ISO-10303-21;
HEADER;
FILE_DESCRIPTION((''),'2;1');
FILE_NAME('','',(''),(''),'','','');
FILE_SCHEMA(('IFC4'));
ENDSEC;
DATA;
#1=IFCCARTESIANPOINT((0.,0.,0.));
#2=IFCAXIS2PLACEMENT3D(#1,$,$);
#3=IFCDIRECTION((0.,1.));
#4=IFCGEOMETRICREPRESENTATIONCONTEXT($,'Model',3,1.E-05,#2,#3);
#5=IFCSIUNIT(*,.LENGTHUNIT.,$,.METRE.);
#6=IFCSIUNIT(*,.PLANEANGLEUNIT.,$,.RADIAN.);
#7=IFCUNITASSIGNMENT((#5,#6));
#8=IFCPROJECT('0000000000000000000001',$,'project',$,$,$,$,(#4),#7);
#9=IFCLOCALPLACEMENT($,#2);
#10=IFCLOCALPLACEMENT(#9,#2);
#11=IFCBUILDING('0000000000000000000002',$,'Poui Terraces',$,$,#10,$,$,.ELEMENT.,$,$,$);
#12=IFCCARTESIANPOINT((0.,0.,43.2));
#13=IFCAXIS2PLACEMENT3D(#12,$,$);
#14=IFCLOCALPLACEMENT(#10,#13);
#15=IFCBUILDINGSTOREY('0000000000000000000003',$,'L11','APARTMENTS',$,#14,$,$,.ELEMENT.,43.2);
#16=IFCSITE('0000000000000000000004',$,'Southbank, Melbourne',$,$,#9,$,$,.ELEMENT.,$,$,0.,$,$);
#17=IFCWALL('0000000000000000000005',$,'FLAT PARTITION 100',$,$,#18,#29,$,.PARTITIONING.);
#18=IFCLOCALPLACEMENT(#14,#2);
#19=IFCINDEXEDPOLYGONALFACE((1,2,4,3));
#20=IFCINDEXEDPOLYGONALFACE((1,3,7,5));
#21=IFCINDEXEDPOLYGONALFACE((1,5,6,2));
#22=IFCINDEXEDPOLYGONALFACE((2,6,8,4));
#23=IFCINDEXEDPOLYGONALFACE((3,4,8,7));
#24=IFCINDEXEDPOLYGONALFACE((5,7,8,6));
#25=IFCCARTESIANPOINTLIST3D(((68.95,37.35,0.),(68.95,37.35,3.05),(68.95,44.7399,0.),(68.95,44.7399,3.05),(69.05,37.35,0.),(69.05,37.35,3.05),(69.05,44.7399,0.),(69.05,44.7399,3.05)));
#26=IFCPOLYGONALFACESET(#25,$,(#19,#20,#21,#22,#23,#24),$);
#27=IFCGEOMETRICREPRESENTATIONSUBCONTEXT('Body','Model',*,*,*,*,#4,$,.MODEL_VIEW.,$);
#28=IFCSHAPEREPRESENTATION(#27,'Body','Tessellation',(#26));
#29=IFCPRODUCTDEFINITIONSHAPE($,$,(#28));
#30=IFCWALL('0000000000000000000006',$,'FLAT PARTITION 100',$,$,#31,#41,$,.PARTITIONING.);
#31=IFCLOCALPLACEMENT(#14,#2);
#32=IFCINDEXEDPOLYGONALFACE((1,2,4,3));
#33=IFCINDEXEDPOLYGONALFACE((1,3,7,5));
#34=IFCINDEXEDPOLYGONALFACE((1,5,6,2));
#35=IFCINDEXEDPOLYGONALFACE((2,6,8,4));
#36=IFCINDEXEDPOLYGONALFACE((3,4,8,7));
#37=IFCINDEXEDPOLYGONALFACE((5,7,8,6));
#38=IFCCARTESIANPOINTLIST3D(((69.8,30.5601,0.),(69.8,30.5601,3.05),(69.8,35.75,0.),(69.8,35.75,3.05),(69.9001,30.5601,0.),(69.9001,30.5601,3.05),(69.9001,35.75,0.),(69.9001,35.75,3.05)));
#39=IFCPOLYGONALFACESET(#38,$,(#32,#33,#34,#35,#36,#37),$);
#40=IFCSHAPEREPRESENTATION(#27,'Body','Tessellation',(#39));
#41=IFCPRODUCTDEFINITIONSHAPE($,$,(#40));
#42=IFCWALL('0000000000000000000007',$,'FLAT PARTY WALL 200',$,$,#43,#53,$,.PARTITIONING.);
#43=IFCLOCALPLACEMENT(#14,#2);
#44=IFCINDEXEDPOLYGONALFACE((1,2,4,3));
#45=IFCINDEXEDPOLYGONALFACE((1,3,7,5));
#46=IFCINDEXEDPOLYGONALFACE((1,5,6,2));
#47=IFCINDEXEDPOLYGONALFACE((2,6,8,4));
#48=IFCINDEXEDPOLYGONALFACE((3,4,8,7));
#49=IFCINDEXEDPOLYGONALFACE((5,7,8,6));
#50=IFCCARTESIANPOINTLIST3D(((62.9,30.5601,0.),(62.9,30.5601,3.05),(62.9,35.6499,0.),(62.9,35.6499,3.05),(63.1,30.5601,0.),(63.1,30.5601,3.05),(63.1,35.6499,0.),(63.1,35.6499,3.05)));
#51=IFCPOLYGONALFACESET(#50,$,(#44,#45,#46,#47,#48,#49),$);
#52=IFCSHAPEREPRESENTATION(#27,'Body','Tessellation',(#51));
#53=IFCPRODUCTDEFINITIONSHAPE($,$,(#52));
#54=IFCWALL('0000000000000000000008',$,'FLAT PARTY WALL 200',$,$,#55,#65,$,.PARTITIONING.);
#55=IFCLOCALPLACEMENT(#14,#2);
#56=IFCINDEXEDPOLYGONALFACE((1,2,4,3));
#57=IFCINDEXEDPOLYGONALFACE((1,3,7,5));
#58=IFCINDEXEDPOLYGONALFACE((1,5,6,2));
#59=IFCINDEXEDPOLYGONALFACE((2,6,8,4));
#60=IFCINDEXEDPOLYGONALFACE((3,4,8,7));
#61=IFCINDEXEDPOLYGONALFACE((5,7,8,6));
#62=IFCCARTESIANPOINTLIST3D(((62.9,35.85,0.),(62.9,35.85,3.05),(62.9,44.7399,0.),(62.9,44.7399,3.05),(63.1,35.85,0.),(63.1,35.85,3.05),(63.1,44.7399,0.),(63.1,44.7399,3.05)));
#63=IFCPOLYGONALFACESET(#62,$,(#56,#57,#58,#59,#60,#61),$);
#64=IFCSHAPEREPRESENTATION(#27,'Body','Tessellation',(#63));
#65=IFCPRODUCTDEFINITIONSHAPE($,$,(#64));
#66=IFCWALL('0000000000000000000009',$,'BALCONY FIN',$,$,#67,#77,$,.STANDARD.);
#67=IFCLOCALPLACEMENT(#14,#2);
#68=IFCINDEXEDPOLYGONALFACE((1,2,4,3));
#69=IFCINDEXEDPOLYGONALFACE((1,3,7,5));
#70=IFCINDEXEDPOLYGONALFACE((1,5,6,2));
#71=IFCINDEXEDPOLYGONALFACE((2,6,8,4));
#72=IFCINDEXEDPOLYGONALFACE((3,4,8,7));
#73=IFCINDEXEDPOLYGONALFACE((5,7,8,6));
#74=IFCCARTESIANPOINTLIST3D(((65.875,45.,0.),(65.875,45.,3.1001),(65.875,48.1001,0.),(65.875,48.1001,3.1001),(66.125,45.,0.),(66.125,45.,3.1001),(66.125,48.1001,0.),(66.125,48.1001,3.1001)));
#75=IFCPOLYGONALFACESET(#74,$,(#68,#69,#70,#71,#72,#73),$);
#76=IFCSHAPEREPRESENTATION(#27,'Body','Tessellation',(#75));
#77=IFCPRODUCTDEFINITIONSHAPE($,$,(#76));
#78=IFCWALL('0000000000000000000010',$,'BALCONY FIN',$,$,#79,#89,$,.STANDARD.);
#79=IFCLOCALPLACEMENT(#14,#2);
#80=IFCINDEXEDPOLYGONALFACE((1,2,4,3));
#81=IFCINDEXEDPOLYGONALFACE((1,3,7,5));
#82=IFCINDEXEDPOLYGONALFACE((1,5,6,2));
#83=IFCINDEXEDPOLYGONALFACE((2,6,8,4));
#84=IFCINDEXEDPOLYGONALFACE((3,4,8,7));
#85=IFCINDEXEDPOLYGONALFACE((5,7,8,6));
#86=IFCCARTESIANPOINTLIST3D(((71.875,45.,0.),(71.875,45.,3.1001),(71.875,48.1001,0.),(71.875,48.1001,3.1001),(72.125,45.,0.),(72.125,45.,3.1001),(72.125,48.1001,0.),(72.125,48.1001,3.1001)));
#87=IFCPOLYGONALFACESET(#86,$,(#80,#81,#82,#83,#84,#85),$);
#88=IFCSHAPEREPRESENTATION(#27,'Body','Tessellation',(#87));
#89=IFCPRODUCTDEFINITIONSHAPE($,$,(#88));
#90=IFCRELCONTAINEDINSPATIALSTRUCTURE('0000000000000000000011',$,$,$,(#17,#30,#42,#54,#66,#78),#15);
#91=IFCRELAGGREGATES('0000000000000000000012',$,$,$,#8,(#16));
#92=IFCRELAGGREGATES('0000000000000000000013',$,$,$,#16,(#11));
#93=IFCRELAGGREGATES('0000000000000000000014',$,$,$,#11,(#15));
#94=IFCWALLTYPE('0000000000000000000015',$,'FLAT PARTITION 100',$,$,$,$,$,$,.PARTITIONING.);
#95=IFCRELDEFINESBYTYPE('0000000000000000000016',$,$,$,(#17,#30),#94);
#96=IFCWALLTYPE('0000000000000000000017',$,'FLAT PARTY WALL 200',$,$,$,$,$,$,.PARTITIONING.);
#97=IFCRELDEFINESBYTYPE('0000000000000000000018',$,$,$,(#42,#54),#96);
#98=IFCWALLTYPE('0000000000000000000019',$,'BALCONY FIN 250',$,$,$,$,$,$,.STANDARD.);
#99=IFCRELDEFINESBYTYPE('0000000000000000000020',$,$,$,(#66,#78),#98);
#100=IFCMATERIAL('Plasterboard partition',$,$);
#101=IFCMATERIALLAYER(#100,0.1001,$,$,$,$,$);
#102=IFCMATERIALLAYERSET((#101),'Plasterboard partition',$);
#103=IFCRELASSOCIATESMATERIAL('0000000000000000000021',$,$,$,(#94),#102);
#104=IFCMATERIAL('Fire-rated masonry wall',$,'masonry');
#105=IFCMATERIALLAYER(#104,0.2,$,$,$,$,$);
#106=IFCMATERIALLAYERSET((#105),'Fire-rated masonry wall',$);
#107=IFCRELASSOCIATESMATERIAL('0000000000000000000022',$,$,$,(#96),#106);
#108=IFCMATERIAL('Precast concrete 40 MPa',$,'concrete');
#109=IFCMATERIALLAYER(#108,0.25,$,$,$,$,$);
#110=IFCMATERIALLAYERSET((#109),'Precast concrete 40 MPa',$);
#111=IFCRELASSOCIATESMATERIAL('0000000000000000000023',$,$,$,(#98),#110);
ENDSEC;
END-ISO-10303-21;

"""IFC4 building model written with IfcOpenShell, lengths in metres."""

from ifc_helpers import new_model, si_unit, direction, frame, frame_2d, origin, place, context, subcontext, project, spatial, polyline, rectangle, outline, extrude, source, transform, mapped, material, layer, layer_set, type_object, element, save


model = new_model("IFC4")

# Units and contexts
model_context = context("Model", 3, precision=1e-05, world=origin(), true_north=direction((0.0, 1.0)))
body_context = subcontext(model_context, "Body", "Model", "MODEL_VIEW")
ifc_project = project(units=[si_unit("LENGTHUNIT", "METRE"), si_unit("PLANEANGLEUNIT", "RADIAN")], contexts=[model_context])

# Site, building, storey
site_placement = place(None, origin())
site = spatial("IfcSite", under=ifc_project, at=site_placement, Name="Southbank, Melbourne", CompositionType="ELEMENT", RefElevation=0.0)
building_placement = place(site_placement, origin())
building = spatial("IfcBuilding", under=site, at=building_placement, Name="Poui Terraces", CompositionType="ELEMENT")
storey_placement = place(building_placement, frame((0.0, 0.0, 43.2)))
storey = spatial("IfcBuildingStorey", under=building, at=storey_placement, Name="L11", Description="APARTMENTS", CompositionType="ELEMENT", Elevation=43.2)

# Shared definitions
ifc_material_1 = material(Name="Plasterboard partition")
ifc_layer_1 = layer(ifc_material_1, 0.1001)
ifc_layer_set_1 = layer_set([ifc_layer_1], Name="Plasterboard partition")
wall_type_1 = type_object("IfcWallType", Name="FLAT PARTITION 100", PredefinedType="PARTITIONING", material=ifc_layer_set_1)

# Walls
wall_1_placement = place(storey_placement, frame((69.0, 37.3501, 0.0), z_axis=(0.0, 0.0, 1.0), x_axis=(0.0, 1.0, 0.0)))
element("IfcWall", 1, at=wall_1_placement, inside=storey, type_object=wall_type_1, Name="FLAT PARTITION 100", PredefinedType="PARTITIONING", context=body_context, shape_type="SweptSolid", body=[
    extrude(rectangle(XDim=7.3899, YDim=0.1001, at=frame_2d((3.6948, 0.0))), origin(), (0.0, 0.0, 1.0), 3.05),
])
wall_2_placement = place(storey_placement, frame((69.8501, 30.5601, 0.0), z_axis=(0.0, 0.0, 1.0), x_axis=(0.0, 1.0, 0.0)))
element("IfcWall", 2, at=wall_2_placement, inside=storey, type_object=wall_type_1, Name="FLAT PARTITION 100", PredefinedType="PARTITIONING", context=body_context, shape_type="SweptSolid", body=[
    extrude(rectangle(XDim=5.1899, YDim=0.1001, at=frame_2d((2.595, 0.0))), origin(), (0.0, 0.0, 1.0), 3.05),
])
ifc_material_2 = material(Name="Fire-rated masonry wall", Category="masonry")
ifc_layer_2 = layer(ifc_material_2, 0.2)
ifc_layer_set_2 = layer_set([ifc_layer_2], Name="Fire-rated masonry wall")
wall_type_2 = type_object("IfcWallType", Name="FLAT PARTY WALL 200", PredefinedType="PARTITIONING", material=ifc_layer_set_2)
wall_3_placement = place(storey_placement, frame((63.0, 30.5601, 0.0), z_axis=(0.0, 0.0, 1.0), x_axis=(0.0, 1.0, 0.0)))
element("IfcWall", 3, at=wall_3_placement, inside=storey, type_object=wall_type_2, Name="FLAT PARTY WALL 200", PredefinedType="PARTITIONING", context=body_context, shape_type="SweptSolid", body=[
    extrude(rectangle(XDim=5.0898, YDim=0.2, at=frame_2d((2.5449, 0.0))), origin(), (0.0, 0.0, 1.0), 3.05),
])
wall_4_placement = place(storey_placement, frame((63.0, 35.8501, 0.0), z_axis=(0.0, 0.0, 1.0), x_axis=(0.0, 1.0, 0.0)))
element("IfcWall", 4, at=wall_4_placement, inside=storey, type_object=wall_type_2, Name="FLAT PARTY WALL 200", PredefinedType="PARTITIONING", context=body_context, shape_type="SweptSolid", body=[
    extrude(rectangle(XDim=8.8899, YDim=0.2, at=frame_2d((4.4448, 0.0))), origin(), (0.0, 0.0, 1.0), 3.05),
])
ifc_material_3 = material(Name="Precast concrete 40 MPa", Category="concrete")
ifc_layer_3 = layer(ifc_material_3, 0.25)
ifc_layer_set_3 = layer_set([ifc_layer_3], Name="Precast concrete 40 MPa")
wall_type_3 = type_object("IfcWallType", Name="BALCONY FIN 250", PredefinedType="STANDARD", material=ifc_layer_set_3)
shared_shape_1 = source(origin(), body_context, "Body", "SweptSolid", [
    extrude(outline(polyline([(0.0, 0.0), (0.25, 0.0), (0.25, 3.1001), (0.0, 3.1001), (0.0, 0.0)])), origin(), (0.0, 0.0, 1.0), 3.1001),
])
for number, where, name in (
    (5, (65.875, 45.0, 0.0), "BALCONY FIN"),
    (6, (71.875, 45.0, 0.0), "BALCONY FIN"),
):
    element("IfcWall", number, at=place(storey_placement, frame(where)), inside=storey, type_object=wall_type_3, Name=name, PredefinedType="STANDARD", context=body_context, shape_type="MappedRepresentation", body=[
        mapped(shared_shape_1, transform((0.0, 0.0, 0.0))),
    ])

save(model, "model.ifc")
